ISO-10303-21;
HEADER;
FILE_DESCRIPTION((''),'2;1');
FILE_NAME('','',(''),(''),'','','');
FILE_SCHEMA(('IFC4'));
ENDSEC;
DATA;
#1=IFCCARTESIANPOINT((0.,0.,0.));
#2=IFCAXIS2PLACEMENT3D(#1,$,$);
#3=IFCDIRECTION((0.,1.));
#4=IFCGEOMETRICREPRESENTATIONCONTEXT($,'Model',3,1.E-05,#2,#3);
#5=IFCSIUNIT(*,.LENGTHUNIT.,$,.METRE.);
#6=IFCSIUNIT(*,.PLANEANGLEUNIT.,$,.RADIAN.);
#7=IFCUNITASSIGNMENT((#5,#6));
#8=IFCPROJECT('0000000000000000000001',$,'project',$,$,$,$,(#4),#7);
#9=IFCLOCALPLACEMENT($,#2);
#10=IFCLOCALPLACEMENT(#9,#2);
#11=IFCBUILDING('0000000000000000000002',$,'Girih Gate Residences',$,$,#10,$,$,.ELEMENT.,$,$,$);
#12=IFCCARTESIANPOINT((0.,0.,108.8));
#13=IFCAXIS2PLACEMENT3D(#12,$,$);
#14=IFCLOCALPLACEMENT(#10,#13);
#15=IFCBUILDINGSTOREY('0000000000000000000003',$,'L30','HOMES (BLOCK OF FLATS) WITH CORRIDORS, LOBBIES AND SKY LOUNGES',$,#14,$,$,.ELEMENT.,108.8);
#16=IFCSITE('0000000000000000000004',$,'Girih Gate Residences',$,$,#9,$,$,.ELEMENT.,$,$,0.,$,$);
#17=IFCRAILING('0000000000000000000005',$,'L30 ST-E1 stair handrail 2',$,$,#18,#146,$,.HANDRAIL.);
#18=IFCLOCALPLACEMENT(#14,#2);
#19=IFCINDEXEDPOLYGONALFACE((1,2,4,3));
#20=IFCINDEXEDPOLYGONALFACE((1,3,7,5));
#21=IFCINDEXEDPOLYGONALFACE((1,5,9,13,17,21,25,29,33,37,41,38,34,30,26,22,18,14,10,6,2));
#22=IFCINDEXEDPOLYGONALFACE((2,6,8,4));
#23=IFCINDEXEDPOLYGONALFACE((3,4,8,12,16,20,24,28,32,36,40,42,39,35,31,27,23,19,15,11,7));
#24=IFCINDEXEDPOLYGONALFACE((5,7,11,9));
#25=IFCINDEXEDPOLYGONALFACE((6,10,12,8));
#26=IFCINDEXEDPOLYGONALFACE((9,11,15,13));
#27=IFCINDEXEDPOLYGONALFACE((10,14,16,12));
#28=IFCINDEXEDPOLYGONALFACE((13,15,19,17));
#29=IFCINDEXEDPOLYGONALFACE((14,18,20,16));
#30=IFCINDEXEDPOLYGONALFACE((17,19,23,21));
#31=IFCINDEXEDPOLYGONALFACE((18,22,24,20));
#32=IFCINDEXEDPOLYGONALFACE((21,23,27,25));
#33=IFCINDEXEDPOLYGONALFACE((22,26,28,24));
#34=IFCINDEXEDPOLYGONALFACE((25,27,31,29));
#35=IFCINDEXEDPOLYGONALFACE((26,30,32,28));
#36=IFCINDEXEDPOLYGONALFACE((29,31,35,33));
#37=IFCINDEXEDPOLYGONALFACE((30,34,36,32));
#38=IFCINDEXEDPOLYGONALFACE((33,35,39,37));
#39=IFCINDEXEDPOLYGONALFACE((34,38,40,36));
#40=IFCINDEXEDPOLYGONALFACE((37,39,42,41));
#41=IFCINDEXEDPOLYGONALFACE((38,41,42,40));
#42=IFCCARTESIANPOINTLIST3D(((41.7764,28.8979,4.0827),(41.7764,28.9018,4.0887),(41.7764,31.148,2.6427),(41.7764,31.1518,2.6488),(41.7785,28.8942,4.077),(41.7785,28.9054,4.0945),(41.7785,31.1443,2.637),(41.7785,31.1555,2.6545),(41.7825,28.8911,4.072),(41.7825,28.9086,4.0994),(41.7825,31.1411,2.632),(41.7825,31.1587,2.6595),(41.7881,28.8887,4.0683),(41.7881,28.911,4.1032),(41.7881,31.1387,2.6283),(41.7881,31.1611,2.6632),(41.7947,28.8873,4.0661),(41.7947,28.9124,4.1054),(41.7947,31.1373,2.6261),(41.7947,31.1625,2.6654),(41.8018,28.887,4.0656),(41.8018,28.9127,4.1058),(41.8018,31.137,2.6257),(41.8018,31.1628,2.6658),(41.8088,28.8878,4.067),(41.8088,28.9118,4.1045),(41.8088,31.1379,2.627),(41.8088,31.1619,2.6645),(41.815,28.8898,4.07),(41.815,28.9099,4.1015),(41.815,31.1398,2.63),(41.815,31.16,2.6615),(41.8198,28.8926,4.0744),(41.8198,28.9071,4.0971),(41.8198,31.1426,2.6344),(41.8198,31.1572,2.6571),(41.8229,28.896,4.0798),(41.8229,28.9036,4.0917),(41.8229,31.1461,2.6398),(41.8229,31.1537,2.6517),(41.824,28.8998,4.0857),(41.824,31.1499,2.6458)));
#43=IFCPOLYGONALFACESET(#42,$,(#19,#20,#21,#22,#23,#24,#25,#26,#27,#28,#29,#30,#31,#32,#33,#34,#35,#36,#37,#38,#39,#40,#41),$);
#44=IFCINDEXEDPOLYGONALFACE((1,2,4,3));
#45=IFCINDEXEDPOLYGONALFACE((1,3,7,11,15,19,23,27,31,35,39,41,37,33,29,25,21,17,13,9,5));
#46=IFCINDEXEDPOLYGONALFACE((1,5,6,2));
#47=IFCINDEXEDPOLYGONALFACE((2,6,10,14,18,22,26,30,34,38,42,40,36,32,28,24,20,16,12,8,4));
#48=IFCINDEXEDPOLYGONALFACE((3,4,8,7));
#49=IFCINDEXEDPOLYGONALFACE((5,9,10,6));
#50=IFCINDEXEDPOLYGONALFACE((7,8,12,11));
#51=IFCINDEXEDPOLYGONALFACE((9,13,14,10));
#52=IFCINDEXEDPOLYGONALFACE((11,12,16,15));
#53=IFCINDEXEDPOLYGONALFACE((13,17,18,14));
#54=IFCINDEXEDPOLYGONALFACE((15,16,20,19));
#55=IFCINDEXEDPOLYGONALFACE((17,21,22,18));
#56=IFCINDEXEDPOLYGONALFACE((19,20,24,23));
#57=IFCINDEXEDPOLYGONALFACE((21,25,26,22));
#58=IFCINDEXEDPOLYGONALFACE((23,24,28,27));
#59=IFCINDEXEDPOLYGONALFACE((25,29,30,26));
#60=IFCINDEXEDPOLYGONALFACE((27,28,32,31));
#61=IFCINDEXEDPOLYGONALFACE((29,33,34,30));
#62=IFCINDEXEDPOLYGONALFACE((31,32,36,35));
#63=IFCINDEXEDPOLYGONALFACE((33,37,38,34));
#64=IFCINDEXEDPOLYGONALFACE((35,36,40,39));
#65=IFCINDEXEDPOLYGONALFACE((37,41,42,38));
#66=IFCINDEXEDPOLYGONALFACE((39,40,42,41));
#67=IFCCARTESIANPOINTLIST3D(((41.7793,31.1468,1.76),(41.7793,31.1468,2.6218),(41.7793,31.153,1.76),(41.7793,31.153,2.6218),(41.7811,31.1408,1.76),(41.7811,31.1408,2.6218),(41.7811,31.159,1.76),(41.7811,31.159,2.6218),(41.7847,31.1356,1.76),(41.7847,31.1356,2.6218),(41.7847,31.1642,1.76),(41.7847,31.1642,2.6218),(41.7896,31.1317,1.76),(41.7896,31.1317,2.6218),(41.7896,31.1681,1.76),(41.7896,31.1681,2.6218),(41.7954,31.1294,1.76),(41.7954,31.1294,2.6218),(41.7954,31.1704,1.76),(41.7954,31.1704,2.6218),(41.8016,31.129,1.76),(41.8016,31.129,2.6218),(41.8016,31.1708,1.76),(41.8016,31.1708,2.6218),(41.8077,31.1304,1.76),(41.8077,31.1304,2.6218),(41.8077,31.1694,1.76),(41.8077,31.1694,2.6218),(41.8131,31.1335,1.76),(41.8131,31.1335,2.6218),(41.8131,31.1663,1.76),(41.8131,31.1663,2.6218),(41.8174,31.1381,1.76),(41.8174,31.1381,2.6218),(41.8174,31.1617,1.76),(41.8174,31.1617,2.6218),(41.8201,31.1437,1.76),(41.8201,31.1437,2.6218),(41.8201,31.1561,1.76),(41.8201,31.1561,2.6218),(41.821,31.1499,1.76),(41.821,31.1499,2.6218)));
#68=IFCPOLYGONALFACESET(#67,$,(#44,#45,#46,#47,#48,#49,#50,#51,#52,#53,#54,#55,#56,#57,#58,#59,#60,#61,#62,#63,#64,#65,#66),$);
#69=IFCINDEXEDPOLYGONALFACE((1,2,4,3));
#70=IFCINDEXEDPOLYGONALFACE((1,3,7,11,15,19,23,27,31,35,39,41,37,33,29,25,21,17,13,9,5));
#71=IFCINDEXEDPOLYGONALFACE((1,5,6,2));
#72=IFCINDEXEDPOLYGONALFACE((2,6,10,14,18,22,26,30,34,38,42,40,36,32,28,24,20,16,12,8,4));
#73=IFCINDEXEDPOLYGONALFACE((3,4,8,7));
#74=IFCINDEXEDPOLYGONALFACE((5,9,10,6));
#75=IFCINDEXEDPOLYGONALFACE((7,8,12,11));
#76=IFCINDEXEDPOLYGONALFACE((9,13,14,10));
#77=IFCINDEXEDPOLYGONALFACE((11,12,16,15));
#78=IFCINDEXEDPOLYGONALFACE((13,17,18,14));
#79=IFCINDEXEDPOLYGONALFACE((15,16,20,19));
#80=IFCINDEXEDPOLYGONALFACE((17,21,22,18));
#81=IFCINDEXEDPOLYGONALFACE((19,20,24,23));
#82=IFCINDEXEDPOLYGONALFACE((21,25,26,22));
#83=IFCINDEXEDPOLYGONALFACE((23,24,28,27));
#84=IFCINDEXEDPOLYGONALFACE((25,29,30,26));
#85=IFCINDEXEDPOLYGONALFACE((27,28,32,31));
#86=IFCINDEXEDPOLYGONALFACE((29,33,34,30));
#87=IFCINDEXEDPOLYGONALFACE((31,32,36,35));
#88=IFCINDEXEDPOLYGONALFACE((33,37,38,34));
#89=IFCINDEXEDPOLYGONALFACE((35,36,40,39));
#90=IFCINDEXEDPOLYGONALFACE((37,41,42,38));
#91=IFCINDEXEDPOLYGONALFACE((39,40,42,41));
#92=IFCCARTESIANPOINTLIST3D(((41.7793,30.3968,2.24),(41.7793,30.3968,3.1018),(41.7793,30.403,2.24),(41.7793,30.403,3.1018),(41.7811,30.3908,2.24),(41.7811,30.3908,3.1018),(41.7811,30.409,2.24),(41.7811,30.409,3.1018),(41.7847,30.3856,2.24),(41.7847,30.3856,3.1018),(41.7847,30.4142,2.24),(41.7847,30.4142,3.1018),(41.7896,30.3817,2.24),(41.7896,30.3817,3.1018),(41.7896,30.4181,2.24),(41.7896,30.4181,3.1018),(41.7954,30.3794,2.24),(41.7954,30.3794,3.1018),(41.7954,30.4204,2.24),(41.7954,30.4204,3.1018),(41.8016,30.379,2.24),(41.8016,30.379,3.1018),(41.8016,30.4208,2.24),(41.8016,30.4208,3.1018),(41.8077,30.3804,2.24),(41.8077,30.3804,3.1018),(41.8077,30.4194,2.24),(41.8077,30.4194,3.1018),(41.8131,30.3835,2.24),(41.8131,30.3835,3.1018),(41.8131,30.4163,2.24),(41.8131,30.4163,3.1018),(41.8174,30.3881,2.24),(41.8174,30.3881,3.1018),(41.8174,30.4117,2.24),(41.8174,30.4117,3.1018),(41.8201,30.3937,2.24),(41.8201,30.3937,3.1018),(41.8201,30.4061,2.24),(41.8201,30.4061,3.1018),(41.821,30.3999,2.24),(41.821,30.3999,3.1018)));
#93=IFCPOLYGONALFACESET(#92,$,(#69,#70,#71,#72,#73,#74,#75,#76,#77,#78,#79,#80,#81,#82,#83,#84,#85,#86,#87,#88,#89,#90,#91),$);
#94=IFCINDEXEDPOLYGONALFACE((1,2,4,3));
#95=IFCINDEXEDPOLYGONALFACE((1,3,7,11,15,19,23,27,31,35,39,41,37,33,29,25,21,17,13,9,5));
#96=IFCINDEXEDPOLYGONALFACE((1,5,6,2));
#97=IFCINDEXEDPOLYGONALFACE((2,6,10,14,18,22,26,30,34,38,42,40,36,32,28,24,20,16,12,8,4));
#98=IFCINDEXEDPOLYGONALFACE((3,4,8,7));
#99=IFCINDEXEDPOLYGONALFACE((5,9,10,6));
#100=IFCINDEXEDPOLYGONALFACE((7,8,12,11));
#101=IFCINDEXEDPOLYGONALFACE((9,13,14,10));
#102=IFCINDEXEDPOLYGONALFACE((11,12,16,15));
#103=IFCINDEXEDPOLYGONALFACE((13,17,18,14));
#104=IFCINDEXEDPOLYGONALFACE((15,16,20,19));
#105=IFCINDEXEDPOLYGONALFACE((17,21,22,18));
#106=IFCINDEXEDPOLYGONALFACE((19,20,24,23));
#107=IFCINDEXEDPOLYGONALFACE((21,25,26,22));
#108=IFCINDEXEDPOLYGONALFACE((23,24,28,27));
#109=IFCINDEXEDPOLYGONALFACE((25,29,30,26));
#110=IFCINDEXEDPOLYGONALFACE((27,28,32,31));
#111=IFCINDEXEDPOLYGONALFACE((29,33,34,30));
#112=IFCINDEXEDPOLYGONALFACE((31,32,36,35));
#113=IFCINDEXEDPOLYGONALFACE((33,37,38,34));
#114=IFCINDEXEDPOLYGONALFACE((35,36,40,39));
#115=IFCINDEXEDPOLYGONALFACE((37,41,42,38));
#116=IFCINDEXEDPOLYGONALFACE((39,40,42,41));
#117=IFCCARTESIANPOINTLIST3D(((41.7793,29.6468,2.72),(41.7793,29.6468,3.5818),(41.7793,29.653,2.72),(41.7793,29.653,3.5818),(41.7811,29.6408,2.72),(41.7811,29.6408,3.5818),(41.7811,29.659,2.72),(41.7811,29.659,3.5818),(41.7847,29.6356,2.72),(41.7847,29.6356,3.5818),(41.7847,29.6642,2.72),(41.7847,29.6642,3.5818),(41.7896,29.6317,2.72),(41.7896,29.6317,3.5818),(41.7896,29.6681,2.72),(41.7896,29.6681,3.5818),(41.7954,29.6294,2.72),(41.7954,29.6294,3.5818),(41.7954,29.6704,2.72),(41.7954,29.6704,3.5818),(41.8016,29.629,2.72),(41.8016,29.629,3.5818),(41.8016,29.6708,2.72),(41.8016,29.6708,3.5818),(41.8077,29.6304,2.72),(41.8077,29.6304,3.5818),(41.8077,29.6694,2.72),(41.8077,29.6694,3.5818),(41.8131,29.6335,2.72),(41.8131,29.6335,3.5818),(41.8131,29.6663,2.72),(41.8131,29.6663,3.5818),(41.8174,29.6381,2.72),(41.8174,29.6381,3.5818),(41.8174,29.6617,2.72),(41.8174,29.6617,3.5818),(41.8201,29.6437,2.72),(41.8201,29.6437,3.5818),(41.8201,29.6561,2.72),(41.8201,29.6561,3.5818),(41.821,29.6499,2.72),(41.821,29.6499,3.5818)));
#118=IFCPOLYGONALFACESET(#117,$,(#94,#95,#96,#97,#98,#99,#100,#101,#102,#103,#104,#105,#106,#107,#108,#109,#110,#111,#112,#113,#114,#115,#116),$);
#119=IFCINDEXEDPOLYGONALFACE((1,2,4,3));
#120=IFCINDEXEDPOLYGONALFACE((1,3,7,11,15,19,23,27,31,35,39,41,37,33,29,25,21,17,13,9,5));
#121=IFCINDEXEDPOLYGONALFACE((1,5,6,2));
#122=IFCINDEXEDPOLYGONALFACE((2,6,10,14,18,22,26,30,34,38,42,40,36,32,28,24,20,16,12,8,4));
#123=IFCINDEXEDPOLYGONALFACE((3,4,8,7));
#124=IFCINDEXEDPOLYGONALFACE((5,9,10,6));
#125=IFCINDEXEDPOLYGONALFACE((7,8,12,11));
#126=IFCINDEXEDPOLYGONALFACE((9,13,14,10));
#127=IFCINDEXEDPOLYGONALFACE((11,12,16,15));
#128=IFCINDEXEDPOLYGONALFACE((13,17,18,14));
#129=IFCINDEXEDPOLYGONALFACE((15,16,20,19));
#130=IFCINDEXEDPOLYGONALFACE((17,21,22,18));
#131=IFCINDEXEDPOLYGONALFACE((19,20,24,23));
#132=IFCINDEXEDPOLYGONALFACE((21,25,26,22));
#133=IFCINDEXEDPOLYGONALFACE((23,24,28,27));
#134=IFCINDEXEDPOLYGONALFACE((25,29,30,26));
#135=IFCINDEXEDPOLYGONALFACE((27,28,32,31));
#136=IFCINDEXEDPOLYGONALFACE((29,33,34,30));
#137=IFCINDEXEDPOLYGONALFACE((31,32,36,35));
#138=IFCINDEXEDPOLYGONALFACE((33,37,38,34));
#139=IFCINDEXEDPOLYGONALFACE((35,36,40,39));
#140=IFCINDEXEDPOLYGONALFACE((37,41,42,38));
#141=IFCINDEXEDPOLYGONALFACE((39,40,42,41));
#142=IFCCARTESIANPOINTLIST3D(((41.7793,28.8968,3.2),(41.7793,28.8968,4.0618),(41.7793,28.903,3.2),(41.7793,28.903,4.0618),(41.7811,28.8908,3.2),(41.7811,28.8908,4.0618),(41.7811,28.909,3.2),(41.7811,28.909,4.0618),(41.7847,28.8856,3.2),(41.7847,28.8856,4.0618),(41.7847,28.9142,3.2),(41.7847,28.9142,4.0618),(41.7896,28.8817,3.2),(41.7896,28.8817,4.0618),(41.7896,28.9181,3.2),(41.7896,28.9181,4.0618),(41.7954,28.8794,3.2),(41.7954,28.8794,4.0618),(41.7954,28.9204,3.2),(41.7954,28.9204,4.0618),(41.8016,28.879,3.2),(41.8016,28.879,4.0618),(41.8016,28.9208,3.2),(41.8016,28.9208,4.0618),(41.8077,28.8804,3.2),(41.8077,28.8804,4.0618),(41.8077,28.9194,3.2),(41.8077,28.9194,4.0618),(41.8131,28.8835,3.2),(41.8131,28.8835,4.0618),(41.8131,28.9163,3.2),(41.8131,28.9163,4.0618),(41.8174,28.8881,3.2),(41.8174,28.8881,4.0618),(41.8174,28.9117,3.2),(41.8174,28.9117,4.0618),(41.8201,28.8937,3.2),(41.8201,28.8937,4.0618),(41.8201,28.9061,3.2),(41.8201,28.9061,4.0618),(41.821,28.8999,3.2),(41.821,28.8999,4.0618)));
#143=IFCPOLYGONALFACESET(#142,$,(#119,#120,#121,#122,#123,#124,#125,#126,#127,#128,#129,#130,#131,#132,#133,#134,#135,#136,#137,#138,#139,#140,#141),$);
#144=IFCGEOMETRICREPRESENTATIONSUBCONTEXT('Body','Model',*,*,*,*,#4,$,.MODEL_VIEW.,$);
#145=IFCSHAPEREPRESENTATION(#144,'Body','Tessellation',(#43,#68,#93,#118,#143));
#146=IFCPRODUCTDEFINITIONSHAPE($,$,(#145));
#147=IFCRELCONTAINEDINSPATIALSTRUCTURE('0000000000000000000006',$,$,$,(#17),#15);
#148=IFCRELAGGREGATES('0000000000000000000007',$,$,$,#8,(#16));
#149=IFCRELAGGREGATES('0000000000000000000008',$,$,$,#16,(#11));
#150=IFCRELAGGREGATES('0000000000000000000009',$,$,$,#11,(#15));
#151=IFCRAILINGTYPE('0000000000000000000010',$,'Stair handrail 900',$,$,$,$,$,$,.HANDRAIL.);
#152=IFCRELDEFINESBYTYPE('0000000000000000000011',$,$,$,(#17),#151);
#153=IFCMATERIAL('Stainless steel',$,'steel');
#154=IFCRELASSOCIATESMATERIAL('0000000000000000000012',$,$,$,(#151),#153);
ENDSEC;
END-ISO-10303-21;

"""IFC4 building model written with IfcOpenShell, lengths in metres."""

from ifc_helpers import new_model, si_unit, direction, frame, origin, origin_2d, place, context, subcontext, project, spatial, circle, extrude, material, type_object, element, save


model = new_model("IFC4")

# Units and contexts
model_context = context("Model", 3, precision=1e-05, world=origin(), true_north=direction((0.0, 1.0)))
body_context = subcontext(model_context, "Body", "Model", "MODEL_VIEW")
ifc_project = project(units=[si_unit("LENGTHUNIT", "METRE"), si_unit("PLANEANGLEUNIT", "RADIAN")], contexts=[model_context])

# Site, building, storey
site_placement = place(None, origin())
site = spatial("IfcSite", under=ifc_project, at=site_placement, Name="Girih Gate Residences", CompositionType="ELEMENT", RefElevation=0.0)
building_placement = place(site_placement, origin())
building = spatial("IfcBuilding", under=site, at=building_placement, Name="Girih Gate Residences", CompositionType="ELEMENT")
storey_placement = place(building_placement, frame((0.0, 0.0, 108.8)))
storey = spatial("IfcBuildingStorey", under=building, at=storey_placement, Name="L30", Description="HOMES (BLOCK OF FLATS) WITH CORRIDORS, LOBBIES AND SKY LOUNGES", CompositionType="ELEMENT", Elevation=108.8)

# Railing
ifc_material_1 = material(Name="Stainless steel", Category="steel")
railing_type_1 = type_object("IfcRailingType", Name="Stair handrail 900", PredefinedType="HANDRAIL", material=ifc_material_1)
railing_1_placement = place(storey_placement, frame((41.8, 31.1499, 1.76)))
element("IfcRailing", 1, at=railing_1_placement, inside=storey, type_object=railing_type_1, Name="L30 ST-E1 stair handrail 2", PredefinedType="HANDRAIL", context=body_context, shape_type="SweptSolid", body=[
    extrude(circle(Radius=0.0239, at=origin_2d()), frame((0.0, 0.0, 0.8857), z_axis=(0.0, -0.842281, 0.539038), x_axis=(1.0, 0.0, 0.0)), (0.0, 0.0, 1.0), 2.6714),
    extrude(circle(Radius=0.021, at=origin_2d()), origin(), (0.0, 0.0, 1.0), 0.8618),
    extrude(circle(Radius=0.021, at=origin_2d()), frame((0.0, -0.75, 0.48)), (0.0, 0.0, 1.0), 0.8618),
    extrude(circle(Radius=0.021, at=origin_2d()), frame((0.0, -1.5, 0.96)), (0.0, 0.0, 1.0), 0.8618),
    extrude(circle(Radius=0.021, at=origin_2d()), frame((0.0, -2.25, 1.4399)), (0.0, 0.0, 1.0), 0.8618),
])

save(model, "model.ifc")
